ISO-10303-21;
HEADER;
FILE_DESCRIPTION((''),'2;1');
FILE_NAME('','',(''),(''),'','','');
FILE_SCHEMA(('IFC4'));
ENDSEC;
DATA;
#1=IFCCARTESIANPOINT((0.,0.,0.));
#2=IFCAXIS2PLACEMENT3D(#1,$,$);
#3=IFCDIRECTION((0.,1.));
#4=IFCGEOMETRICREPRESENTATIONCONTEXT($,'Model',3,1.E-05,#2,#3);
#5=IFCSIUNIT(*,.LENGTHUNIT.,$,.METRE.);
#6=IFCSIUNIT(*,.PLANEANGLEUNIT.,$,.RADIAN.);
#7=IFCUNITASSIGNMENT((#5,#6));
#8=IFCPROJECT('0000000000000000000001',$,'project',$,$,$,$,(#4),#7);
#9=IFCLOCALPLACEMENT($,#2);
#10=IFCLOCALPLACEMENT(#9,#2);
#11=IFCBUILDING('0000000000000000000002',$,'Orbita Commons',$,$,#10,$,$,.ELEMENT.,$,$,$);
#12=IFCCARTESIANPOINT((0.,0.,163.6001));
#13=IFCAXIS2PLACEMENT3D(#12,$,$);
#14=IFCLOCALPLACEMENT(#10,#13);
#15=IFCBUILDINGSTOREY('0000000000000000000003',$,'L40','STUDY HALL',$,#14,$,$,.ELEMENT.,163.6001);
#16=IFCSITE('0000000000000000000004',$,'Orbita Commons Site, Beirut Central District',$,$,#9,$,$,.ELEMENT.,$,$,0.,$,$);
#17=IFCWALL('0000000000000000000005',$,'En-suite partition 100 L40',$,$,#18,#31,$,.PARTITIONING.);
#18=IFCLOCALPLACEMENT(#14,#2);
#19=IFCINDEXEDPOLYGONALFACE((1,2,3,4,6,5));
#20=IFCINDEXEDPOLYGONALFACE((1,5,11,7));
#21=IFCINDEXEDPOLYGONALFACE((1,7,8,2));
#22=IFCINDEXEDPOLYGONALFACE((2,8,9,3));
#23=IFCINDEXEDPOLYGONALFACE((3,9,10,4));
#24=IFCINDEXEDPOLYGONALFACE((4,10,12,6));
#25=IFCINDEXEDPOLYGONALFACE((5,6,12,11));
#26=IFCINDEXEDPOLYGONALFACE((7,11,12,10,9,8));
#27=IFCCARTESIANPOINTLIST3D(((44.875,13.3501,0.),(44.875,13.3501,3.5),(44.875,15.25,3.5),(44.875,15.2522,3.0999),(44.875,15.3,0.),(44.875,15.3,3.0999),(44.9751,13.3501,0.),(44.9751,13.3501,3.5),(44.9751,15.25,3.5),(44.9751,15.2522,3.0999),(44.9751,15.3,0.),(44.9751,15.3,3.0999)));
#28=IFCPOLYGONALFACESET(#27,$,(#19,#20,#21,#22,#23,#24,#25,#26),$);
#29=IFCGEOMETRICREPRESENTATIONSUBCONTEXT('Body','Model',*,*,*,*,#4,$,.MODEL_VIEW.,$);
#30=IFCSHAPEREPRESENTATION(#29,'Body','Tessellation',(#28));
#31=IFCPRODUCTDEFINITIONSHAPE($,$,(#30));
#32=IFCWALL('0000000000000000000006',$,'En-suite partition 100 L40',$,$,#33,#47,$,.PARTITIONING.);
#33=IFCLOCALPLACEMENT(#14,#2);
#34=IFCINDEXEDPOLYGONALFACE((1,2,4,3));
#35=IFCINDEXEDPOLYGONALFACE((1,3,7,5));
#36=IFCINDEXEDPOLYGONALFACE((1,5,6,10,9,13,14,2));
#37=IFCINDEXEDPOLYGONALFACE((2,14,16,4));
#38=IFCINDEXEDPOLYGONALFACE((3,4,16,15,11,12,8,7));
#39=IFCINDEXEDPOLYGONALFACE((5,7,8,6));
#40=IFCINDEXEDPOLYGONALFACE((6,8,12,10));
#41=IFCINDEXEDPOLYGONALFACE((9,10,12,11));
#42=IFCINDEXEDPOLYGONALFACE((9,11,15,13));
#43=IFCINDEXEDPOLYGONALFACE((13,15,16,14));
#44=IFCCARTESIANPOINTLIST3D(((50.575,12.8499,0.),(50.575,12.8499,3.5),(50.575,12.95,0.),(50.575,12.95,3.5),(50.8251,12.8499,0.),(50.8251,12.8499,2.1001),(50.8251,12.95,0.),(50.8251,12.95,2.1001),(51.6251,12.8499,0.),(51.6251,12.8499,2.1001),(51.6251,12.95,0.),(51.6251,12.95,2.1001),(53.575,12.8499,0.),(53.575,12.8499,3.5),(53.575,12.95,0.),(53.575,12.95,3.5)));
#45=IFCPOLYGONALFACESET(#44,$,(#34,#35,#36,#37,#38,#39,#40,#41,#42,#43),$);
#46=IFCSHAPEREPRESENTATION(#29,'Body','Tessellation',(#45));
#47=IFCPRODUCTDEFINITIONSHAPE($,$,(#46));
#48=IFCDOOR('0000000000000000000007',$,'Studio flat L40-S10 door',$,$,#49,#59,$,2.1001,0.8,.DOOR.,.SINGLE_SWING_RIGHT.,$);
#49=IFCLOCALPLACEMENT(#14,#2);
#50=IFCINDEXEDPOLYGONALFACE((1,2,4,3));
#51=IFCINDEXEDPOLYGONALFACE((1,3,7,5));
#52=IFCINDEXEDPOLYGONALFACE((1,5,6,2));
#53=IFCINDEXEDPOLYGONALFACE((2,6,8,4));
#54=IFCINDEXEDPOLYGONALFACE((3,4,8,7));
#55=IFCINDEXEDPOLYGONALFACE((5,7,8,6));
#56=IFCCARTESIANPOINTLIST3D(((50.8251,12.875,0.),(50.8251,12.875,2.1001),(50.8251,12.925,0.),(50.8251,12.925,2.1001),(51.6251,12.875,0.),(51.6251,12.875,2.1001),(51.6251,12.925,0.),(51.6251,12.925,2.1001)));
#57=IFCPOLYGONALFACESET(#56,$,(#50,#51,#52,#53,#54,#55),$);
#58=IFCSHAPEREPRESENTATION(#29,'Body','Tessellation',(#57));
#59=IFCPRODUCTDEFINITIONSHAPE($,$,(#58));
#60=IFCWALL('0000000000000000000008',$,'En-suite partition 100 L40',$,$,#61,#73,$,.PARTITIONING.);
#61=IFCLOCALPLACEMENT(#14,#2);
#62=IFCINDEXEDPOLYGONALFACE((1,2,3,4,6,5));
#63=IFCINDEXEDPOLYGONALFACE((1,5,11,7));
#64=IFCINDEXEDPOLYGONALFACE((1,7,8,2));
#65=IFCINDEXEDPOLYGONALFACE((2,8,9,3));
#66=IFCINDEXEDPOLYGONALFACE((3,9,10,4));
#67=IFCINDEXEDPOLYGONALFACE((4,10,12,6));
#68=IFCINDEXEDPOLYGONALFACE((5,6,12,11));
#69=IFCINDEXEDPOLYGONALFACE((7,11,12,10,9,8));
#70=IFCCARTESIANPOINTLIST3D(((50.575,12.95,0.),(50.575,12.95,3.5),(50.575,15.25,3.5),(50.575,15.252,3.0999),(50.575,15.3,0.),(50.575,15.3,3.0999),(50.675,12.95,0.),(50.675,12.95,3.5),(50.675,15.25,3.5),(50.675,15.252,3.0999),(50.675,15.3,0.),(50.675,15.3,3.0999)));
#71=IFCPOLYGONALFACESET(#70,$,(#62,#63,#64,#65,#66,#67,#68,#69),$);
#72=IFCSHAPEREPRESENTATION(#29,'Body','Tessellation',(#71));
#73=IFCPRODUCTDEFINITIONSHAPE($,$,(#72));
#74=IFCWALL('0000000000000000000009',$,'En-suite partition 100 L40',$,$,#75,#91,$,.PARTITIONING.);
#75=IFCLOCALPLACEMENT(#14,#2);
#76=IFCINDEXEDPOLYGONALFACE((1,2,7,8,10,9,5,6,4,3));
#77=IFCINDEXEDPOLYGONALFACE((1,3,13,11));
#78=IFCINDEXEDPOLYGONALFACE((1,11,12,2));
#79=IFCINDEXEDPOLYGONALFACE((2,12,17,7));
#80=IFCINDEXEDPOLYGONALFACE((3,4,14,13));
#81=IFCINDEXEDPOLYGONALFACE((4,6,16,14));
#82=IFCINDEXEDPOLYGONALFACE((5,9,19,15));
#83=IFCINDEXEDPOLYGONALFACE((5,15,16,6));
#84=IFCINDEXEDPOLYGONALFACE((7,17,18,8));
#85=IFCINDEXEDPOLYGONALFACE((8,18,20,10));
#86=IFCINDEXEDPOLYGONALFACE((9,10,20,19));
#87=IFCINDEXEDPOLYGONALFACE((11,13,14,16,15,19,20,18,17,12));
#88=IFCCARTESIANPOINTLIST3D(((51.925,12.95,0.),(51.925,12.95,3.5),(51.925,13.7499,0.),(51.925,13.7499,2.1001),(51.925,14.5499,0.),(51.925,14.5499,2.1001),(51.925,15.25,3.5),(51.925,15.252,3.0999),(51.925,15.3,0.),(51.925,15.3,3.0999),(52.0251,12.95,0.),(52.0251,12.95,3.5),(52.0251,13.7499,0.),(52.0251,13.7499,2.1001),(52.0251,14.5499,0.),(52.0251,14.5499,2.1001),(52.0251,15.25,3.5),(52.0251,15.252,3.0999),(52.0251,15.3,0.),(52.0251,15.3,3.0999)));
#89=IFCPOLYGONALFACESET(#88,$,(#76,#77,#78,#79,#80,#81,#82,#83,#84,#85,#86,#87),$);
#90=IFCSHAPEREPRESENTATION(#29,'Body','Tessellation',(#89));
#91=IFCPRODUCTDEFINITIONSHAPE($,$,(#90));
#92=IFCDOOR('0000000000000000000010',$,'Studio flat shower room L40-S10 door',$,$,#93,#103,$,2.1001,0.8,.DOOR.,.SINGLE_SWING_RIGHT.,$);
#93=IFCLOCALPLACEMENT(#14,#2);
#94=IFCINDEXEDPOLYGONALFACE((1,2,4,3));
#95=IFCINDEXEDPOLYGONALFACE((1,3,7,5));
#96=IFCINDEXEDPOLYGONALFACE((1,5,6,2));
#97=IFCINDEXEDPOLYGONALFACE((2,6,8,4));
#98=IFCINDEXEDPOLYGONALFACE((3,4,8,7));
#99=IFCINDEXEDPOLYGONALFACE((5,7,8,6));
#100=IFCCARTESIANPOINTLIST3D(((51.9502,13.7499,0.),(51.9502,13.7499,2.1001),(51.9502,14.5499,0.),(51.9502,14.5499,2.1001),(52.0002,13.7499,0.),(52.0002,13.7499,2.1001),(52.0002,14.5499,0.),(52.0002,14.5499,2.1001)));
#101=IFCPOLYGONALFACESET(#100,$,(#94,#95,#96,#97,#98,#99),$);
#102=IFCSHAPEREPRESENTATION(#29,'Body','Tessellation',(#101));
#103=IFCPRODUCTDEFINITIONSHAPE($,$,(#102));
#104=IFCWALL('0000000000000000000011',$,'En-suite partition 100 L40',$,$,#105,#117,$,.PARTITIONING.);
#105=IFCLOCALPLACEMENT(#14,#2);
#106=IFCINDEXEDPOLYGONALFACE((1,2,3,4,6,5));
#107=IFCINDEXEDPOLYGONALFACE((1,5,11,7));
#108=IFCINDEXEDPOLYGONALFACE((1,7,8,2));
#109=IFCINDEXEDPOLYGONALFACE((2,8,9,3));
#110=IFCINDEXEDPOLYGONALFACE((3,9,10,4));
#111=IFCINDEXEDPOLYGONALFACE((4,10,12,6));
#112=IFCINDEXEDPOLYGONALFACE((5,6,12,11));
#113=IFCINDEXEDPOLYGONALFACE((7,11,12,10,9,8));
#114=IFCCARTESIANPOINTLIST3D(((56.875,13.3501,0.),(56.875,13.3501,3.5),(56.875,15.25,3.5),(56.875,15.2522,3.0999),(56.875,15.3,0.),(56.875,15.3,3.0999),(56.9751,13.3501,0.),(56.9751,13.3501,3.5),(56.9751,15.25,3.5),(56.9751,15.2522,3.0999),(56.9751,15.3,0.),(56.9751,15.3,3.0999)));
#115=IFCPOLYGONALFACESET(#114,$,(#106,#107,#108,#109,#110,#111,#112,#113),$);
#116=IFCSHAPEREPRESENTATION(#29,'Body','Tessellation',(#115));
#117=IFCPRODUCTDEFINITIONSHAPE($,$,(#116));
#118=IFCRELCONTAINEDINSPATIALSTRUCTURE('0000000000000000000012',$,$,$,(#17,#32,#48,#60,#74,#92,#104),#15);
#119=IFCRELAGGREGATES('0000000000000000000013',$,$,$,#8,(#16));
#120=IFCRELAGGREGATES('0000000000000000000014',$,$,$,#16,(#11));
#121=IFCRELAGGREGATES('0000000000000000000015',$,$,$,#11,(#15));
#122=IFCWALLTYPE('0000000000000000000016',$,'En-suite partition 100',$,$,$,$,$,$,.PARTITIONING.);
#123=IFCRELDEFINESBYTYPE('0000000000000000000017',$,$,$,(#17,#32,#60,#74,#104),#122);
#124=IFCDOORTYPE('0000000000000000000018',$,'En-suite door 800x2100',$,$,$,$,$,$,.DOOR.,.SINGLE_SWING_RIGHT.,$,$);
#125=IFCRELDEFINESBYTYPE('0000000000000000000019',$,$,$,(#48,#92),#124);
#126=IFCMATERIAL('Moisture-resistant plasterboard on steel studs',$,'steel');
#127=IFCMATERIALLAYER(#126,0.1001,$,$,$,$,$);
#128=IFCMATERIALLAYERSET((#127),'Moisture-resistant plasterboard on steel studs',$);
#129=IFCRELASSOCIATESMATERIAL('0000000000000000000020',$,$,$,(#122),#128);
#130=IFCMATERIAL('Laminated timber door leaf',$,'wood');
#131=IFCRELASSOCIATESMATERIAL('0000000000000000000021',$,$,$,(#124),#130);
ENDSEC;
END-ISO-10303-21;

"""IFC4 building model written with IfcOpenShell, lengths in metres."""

from ifc_helpers import new_model, si_unit, direction, frame, frame_2d, origin, place, context, subcontext, project, spatial, polyline, rectangle, outline, extrude, material, layer, layer_set, type_object, element, fill, save


model = new_model("IFC4")

# Units and contexts
model_context = context("Model", 3, precision=1e-05, world=origin(), true_north=direction((0.0, 1.0)))
body_context = subcontext(model_context, "Body", "Model", "MODEL_VIEW")
ifc_project = project(units=[si_unit("LENGTHUNIT", "METRE"), si_unit("PLANEANGLEUNIT", "RADIAN")], contexts=[model_context])

# Site, building, storey
site_placement = place(None, origin())
site = spatial("IfcSite", under=ifc_project, at=site_placement, Name="Orbita Commons Site, Beirut Central District", CompositionType="ELEMENT", RefElevation=0.0)
building_placement = place(site_placement, origin())
building = spatial("IfcBuilding", under=site, at=building_placement, Name="Orbita Commons", CompositionType="ELEMENT")
storey_placement = place(building_placement, frame((0.0, 0.0, 163.6001)))
storey = spatial("IfcBuildingStorey", under=building, at=storey_placement, Name="L40", Description="STUDY HALL", CompositionType="ELEMENT", Elevation=163.6001)

# Shared definitions
ifc_material_1 = material(Name="Moisture-resistant plasterboard on steel studs", Category="steel")
ifc_layer_1 = layer(ifc_material_1, 0.1001)
ifc_layer_set_1 = layer_set([ifc_layer_1], Name="Moisture-resistant plasterboard on steel studs")
wall_type_1 = type_object("IfcWallType", Name="En-suite partition 100", PredefinedType="PARTITIONING", material=ifc_layer_set_1)

# Wall
wall_1_placement = place(storey_placement, frame((44.925, 13.3501, 0.0), z_axis=(0.0, 0.0, 1.0), x_axis=(0.0, 1.0, 0.0)))
element("IfcWall", 1, at=wall_1_placement, inside=storey, type_object=wall_type_1, Name="En-suite partition 100 L40", PredefinedType="PARTITIONING", context=body_context, shape_type="SweptSolid", body=[
    extrude(outline(polyline([(0.0, 0.0), (1.95, 0.0), (1.95, 3.0999), (1.9021, 3.0999), (1.8999, 3.5), (0.0, 3.5), (0.0, 0.0)])), frame((0.0, 0.05, 0.0), z_axis=(0.0, -1.0, 0.0), x_axis=(1.0, 0.0, 0.0)), (0.0, 0.0, 1.0), 0.1001),
])

# Wall, opening, door
wall_2_placement = place(storey_placement, frame((53.575, 12.8999, 0.0), z_axis=(0.0, 0.0, 1.0), x_axis=(-1.0, 0.0, 0.0)))
wall_2 = element("IfcWall", 2, at=wall_2_placement, inside=storey, type_object=wall_type_1, Name="En-suite partition 100 L40", PredefinedType="PARTITIONING", context=body_context, shape_type="SweptSolid", body=[
    extrude(rectangle(XDim=3.0, YDim=0.1001, at=frame_2d((1.5, 0.0))), origin(), (0.0, 0.0, 1.0), 3.5),
])
opening_1_placement = place(wall_2_placement, frame((1.95, 0.0, 0.0)))
opening_1 = element("IfcOpeningElement", 3, at=opening_1_placement, cuts=wall_2, PredefinedType="OPENING", context=body_context, shape_type="SweptSolid", body=[
    extrude(rectangle(XDim=0.8, YDim=2.1001, at=frame_2d((0.3999, 1.05))), frame((0.0, 0.0601, 0.0), z_axis=(0.0, -1.0, 0.0), x_axis=(1.0, 0.0, 0.0)), (0.0, 0.0, 1.0), 0.1201),
])
ifc_material_2 = material(Name="Laminated timber door leaf", Category="wood")
door_type_1 = type_object("IfcDoorType", Name="En-suite door 800x2100", OperationType="SINGLE_SWING_RIGHT", PredefinedType="DOOR", material=ifc_material_2)
door_1_placement = place(opening_1_placement, origin())
door_1 = element("IfcDoor", 4, at=door_1_placement, inside=storey, type_object=door_type_1, Name="Studio flat L40-S10 door", OperationType="SINGLE_SWING_RIGHT", OverallHeight=2.1001, OverallWidth=0.8, PredefinedType="DOOR", context=body_context, shape_type="SweptSolid", body=[
    extrude(rectangle(XDim=0.8, YDim=2.1001, at=frame_2d((0.3999, 1.05))), frame((0.0, 0.0249, 0.0), z_axis=(0.0, -1.0, 0.0), x_axis=(1.0, 0.0, 0.0)), (0.0, 0.0, 1.0), 0.05),
])
fill(opening_1, door_1)

# Wall
wall_3_placement = place(storey_placement, frame((50.625, 12.95, 0.0), z_axis=(0.0, 0.0, 1.0), x_axis=(0.0, 1.0, 0.0)))
element("IfcWall", 5, at=wall_3_placement, inside=storey, type_object=wall_type_1, Name="En-suite partition 100 L40", PredefinedType="PARTITIONING", context=body_context, shape_type="SweptSolid", body=[
    extrude(outline(polyline([(0.0, 0.0), (2.3501, 0.0), (2.3501, 3.0999), (2.302, 3.0999), (2.3, 3.5), (0.0, 3.5), (0.0, 0.0)])), frame((0.0, 0.05, 0.0), z_axis=(0.0, -1.0, 0.0), x_axis=(1.0, 0.0, 0.0)), (0.0, 0.0, 1.0), 0.1001),
])

# Wall, opening, door
wall_4_placement = place(storey_placement, frame((51.9751, 12.95, 0.0), z_axis=(0.0, 0.0, 1.0), x_axis=(0.0, 1.0, 0.0)))
wall_4 = element("IfcWall", 6, at=wall_4_placement, inside=storey, type_object=wall_type_1, Name="En-suite partition 100 L40", PredefinedType="PARTITIONING", context=body_context, shape_type="SweptSolid", body=[
    extrude(outline(polyline([(0.0, 0.0), (2.3501, 0.0), (2.3501, 3.0999), (2.302, 3.0999), (2.3, 3.5), (0.0, 3.5), (0.0, 0.0)])), frame((0.0, 0.05, 0.0), z_axis=(0.0, -1.0, 0.0), x_axis=(1.0, 0.0, 0.0)), (0.0, 0.0, 1.0), 0.1001),
])
opening_2_placement = place(wall_4_placement, frame((0.8, 0.0, 0.0)))
opening_2 = element("IfcOpeningElement", 7, at=opening_2_placement, cuts=wall_4, PredefinedType="OPENING", context=body_context, shape_type="SweptSolid", body=[
    extrude(rectangle(XDim=0.8, YDim=2.1001, at=frame_2d((0.3999, 1.05))), frame((0.0, 0.0601, 0.0), z_axis=(0.0, -1.0, 0.0), x_axis=(1.0, 0.0, 0.0)), (0.0, 0.0, 1.0), 0.1201),
])
door_2_placement = place(opening_2_placement, origin())
door_2 = element("IfcDoor", 8, at=door_2_placement, inside=storey, type_object=door_type_1, Name="Studio flat shower room L40-S10 door", OperationType="SINGLE_SWING_RIGHT", OverallHeight=2.1001, OverallWidth=0.8, PredefinedType="DOOR", context=body_context, shape_type="SweptSolid", body=[
    extrude(rectangle(XDim=0.8, YDim=2.1001, at=frame_2d((0.3999, 1.05))), frame((0.0, 0.0249, 0.0), z_axis=(0.0, -1.0, 0.0), x_axis=(1.0, 0.0, 0.0)), (0.0, 0.0, 1.0), 0.05),
])
fill(opening_2, door_2)

# Wall
wall_5_placement = place(storey_placement, frame((56.925, 13.3501, 0.0), z_axis=(0.0, 0.0, 1.0), x_axis=(0.0, 1.0, 0.0)))
element("IfcWall", 9, at=wall_5_placement, inside=storey, type_object=wall_type_1, Name="En-suite partition 100 L40", PredefinedType="PARTITIONING", context=body_context, shape_type="SweptSolid", body=[
    extrude(outline(polyline([(0.0, 0.0), (1.95, 0.0), (1.95, 3.0999), (1.9021, 3.0999), (1.8999, 3.5), (0.0, 3.5), (0.0, 0.0)])), frame((0.0, 0.05, 0.0), z_axis=(0.0, -1.0, 0.0), x_axis=(1.0, 0.0, 0.0)), (0.0, 0.0, 1.0), 0.1001),
])

save(model, "model.ifc")
